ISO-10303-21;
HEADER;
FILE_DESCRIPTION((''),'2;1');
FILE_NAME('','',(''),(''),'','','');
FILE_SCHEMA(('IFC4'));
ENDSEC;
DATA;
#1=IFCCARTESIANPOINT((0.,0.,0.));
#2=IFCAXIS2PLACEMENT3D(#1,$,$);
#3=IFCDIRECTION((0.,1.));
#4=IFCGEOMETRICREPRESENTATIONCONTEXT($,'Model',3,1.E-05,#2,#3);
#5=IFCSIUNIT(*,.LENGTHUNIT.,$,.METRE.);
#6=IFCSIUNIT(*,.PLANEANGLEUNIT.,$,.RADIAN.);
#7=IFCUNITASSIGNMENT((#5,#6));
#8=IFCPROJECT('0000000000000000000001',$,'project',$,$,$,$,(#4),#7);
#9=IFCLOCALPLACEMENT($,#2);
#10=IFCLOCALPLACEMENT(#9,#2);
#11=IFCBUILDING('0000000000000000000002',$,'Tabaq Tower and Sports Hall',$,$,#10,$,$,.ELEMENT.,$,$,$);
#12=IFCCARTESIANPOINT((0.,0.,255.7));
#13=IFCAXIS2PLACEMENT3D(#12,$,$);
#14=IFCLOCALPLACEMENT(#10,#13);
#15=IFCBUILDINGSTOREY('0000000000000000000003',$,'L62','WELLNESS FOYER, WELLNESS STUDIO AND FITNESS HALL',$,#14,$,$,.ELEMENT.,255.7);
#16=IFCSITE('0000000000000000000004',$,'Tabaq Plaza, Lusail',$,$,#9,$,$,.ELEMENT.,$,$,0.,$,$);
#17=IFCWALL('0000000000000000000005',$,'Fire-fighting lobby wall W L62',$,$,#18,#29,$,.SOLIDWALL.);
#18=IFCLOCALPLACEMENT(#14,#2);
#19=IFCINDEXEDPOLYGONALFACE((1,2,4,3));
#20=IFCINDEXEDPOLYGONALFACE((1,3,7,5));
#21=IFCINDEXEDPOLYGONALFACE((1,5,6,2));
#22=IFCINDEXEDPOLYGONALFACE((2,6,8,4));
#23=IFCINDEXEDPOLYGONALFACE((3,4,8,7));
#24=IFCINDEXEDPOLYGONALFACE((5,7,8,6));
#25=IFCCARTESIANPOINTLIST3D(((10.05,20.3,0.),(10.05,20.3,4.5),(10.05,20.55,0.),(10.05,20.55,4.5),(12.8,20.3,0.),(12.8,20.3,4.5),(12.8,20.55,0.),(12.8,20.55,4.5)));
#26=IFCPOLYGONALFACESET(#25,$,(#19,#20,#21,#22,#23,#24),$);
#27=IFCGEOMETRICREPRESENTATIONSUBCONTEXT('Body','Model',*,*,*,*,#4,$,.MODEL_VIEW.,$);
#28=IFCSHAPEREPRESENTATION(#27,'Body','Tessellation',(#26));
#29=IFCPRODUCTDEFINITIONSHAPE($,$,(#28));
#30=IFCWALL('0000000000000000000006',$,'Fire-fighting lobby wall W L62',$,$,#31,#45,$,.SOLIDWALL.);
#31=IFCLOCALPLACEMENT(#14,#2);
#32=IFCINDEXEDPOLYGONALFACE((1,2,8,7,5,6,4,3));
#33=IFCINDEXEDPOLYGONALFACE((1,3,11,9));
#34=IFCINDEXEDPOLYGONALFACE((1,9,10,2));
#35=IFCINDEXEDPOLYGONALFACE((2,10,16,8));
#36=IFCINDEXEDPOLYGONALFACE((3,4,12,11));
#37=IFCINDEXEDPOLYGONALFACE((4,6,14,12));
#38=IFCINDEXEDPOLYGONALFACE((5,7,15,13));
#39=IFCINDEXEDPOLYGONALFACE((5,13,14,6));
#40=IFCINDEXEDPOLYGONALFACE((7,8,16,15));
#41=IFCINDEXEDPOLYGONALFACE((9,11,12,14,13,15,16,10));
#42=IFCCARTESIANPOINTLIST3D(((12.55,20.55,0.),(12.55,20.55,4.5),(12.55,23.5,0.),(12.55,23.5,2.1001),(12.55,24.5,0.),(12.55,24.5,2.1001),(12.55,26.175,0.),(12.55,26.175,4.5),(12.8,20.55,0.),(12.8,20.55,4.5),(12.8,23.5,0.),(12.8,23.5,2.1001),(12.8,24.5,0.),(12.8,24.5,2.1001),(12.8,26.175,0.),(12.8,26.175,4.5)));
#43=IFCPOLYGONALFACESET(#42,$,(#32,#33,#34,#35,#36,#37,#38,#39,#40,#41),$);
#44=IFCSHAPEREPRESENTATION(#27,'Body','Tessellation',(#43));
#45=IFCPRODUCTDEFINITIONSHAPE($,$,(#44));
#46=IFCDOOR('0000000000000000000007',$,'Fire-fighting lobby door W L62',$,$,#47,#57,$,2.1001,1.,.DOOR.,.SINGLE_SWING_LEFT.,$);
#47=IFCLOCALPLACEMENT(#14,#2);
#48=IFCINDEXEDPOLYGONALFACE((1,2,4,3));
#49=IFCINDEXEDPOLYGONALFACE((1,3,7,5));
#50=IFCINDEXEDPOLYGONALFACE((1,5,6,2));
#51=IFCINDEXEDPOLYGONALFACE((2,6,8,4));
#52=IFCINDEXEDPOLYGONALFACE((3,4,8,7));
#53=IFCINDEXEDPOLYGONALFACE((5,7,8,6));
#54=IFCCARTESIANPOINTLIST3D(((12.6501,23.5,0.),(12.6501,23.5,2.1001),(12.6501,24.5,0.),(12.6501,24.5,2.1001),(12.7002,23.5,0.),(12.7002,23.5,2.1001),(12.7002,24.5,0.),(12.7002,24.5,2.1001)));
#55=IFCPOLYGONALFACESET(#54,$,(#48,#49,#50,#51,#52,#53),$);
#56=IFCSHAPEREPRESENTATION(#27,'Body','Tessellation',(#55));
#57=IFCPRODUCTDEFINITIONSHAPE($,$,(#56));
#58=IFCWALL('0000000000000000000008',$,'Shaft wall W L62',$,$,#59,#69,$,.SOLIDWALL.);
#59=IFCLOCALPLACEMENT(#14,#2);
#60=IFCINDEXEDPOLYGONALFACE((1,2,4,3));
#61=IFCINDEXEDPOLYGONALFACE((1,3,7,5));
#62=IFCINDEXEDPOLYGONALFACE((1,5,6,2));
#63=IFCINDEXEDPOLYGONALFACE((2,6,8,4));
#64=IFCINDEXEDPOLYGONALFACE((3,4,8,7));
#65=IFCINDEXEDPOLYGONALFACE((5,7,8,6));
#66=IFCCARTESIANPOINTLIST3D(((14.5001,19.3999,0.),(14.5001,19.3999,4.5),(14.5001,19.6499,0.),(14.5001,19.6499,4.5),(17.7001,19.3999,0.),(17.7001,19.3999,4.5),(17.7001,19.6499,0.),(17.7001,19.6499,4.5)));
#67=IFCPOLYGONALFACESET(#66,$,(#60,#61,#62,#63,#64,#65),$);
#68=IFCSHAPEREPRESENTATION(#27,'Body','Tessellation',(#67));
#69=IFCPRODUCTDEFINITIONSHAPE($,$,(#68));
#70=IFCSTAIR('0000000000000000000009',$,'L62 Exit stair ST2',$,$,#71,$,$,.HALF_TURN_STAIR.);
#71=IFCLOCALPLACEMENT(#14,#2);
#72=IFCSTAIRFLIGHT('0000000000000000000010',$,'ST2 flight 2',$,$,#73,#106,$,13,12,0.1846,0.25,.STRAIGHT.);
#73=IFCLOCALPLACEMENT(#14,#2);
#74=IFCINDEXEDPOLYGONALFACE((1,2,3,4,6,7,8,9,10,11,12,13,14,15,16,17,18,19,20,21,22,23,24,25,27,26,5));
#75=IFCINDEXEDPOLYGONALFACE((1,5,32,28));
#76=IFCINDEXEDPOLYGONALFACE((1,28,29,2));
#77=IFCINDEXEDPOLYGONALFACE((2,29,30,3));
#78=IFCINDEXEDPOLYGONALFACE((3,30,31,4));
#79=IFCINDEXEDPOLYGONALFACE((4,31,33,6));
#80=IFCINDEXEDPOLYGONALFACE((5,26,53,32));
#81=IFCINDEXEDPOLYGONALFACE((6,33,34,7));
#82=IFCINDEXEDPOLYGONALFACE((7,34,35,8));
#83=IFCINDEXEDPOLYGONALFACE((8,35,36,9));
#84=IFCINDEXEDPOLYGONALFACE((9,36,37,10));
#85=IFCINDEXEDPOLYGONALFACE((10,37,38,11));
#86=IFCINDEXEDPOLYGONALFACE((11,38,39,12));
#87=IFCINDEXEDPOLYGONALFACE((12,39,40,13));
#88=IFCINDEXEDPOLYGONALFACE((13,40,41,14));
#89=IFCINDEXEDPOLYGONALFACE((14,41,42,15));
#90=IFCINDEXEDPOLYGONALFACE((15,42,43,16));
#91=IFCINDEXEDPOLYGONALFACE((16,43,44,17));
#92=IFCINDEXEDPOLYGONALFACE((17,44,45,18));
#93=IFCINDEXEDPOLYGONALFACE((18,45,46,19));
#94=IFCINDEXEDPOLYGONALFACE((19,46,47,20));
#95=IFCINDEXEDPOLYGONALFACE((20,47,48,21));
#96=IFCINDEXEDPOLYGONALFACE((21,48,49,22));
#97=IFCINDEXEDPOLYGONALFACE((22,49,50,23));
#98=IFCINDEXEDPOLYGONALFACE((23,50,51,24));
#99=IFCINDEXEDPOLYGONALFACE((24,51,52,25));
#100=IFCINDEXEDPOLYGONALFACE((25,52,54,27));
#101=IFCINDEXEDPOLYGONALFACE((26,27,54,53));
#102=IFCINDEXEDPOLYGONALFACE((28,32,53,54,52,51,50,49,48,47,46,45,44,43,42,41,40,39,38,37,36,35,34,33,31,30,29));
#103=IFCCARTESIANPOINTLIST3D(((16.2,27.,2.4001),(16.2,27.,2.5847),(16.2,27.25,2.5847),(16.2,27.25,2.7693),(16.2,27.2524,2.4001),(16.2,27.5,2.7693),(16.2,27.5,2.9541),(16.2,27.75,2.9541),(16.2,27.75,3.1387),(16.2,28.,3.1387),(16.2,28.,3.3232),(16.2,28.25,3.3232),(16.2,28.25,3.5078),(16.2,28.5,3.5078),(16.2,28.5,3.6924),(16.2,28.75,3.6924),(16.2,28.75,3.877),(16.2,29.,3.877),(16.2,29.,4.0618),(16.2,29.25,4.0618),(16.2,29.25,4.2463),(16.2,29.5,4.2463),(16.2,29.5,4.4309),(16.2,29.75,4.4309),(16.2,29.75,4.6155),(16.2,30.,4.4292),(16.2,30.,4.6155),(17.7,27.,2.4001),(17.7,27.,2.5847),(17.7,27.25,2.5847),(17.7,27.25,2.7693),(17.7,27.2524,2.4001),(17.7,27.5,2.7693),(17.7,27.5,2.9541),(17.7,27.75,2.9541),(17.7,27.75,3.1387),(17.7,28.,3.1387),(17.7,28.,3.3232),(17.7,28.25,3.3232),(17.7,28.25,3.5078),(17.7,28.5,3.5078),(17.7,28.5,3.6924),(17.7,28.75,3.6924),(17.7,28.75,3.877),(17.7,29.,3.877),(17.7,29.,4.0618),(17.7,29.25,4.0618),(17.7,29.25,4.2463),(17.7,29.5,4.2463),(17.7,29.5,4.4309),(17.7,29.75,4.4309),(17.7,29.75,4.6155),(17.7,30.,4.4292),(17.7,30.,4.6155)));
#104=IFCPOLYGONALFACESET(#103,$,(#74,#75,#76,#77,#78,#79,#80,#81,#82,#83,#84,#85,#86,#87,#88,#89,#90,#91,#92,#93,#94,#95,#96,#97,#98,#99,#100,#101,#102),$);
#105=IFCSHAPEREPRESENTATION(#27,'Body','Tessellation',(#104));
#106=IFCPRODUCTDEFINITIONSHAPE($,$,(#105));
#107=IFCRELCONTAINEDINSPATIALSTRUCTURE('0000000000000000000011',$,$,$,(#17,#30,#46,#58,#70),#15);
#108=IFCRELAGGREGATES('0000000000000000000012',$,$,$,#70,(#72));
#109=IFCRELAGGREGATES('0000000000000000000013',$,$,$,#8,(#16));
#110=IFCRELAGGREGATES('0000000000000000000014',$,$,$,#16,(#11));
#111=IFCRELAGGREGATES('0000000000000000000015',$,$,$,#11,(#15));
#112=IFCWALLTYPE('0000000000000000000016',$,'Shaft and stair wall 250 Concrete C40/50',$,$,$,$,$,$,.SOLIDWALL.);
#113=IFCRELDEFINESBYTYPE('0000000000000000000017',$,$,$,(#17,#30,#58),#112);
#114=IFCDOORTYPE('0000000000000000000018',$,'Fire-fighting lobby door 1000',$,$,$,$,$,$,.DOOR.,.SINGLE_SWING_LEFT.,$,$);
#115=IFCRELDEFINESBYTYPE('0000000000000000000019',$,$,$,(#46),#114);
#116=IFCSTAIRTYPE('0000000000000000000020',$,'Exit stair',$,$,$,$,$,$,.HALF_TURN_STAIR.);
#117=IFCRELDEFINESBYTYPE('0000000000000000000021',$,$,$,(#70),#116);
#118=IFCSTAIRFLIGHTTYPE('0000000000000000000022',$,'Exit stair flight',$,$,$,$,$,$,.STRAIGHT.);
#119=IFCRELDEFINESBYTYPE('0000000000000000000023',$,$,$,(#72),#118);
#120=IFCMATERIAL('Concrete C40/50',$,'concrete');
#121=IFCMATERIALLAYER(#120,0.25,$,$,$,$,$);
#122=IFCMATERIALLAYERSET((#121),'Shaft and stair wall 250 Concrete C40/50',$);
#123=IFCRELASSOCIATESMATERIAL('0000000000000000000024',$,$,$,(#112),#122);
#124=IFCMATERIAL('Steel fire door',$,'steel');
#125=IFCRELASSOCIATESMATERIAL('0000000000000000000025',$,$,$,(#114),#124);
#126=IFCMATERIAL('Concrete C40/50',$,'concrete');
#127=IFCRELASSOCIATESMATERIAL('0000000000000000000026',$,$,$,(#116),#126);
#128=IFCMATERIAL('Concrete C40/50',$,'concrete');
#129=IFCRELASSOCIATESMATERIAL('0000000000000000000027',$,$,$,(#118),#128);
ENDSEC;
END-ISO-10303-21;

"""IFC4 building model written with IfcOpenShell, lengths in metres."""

from ifc_helpers import new_model, si_unit, direction, frame, frame_2d, origin, place, context, subcontext, project, spatial, polyline, rectangle, outline, extrude, material, layer, layer_set, type_object, element, fill, aggregate, save


model = new_model("IFC4")

# Units and contexts
model_context = context("Model", 3, precision=1e-05, world=origin(), true_north=direction((0.0, 1.0)))
body_context = subcontext(model_context, "Body", "Model", "MODEL_VIEW")
ifc_project = project(units=[si_unit("LENGTHUNIT", "METRE"), si_unit("PLANEANGLEUNIT", "RADIAN")], contexts=[model_context])

# Site, building, storey
site_placement = place(None, origin())
site = spatial("IfcSite", under=ifc_project, at=site_placement, Name="Tabaq Plaza, Lusail", CompositionType="ELEMENT", RefElevation=0.0)
building_placement = place(site_placement, origin())
building = spatial("IfcBuilding", under=site, at=building_placement, Name="Tabaq Tower and Sports Hall", CompositionType="ELEMENT")
storey_placement = place(building_placement, frame((0.0, 0.0, 255.7)))
storey = spatial("IfcBuildingStorey", under=building, at=storey_placement, Name="L62", Description="WELLNESS FOYER, WELLNESS STUDIO AND FITNESS HALL", CompositionType="ELEMENT", Elevation=255.7)

# Shared definitions
ifc_material_1 = material(Name="Concrete C40/50", Category="concrete")
ifc_layer_1 = layer(ifc_material_1, 0.25)
ifc_layer_set_1 = layer_set([ifc_layer_1], Name="Shaft and stair wall 250 Concrete C40/50")
wall_type_1 = type_object("IfcWallType", Name="Shaft and stair wall 250 Concrete C40/50", PredefinedType="SOLIDWALL", material=ifc_layer_set_1)

# Wall
for number, where, z_axis, x_axis, name in (
    (1, (10.05, 20.425, 0.0), (0.0, 0.0, 1.0), (1.0, 0.0, 0.0), "Fire-fighting lobby wall W L62"),
):
    element("IfcWall", number, at=place(storey_placement, frame(where, z_axis=z_axis, x_axis=x_axis)), inside=storey, type_object=wall_type_1, Name=name, PredefinedType="SOLIDWALL", context=body_context, shape_type="SweptSolid", body=[
        extrude(rectangle(XDim=2.75, YDim=0.25, at=frame_2d((1.375, 0.0))), origin(), (0.0, 0.0, 1.0), 4.5),
    ])

# Wall, opening, door
wall_1_placement = place(storey_placement, frame((12.675, 20.55, 0.0), z_axis=(0.0, 0.0, 1.0), x_axis=(0.0, 1.0, 0.0)))
wall_1 = element("IfcWall", 2, at=wall_1_placement, inside=storey, type_object=wall_type_1, Name="Fire-fighting lobby wall W L62", PredefinedType="SOLIDWALL", context=body_context, shape_type="SweptSolid", body=[
    extrude(rectangle(XDim=5.625, YDim=0.25, at=frame_2d((2.8125, 0.0))), origin(), (0.0, 0.0, 1.0), 4.5),
])
opening_1_placement = place(wall_1_placement, frame((2.95, 0.0, 0.0)))
opening_1 = element("IfcOpeningElement", 3, at=opening_1_placement, cuts=wall_1, PredefinedType="OPENING", context=body_context, shape_type="SweptSolid", body=[
    extrude(rectangle(XDim=1.0, YDim=2.1001, at=frame_2d((0.5, 1.05))), frame((0.0, 0.125, 0.0), z_axis=(0.0, -1.0, 0.0), x_axis=(1.0, 0.0, 0.0)), (0.0, 0.0, 1.0), 0.25),
])
ifc_material_2 = material(Name="Steel fire door", Category="steel")
door_type_1 = type_object("IfcDoorType", Name="Fire-fighting lobby door 1000", OperationType="SINGLE_SWING_LEFT", PredefinedType="DOOR", material=ifc_material_2)
door_1_placement = place(opening_1_placement, origin())
door_1 = element("IfcDoor", 4, at=door_1_placement, inside=storey, type_object=door_type_1, Name="Fire-fighting lobby door W L62", OperationType="SINGLE_SWING_LEFT", OverallHeight=2.1001, OverallWidth=1.0, PredefinedType="DOOR", context=body_context, shape_type="SweptSolid", body=[
    extrude(rectangle(XDim=1.0, YDim=2.1001, at=frame_2d((0.5, 1.05))), frame((0.0, 0.0249, 0.0), z_axis=(0.0, -1.0, 0.0), x_axis=(1.0, 0.0, 0.0)), (0.0, 0.0, 1.0), 0.05),
])
fill(opening_1, door_1)

# Wall
wall_2_placement = place(storey_placement, frame((14.5, 19.5249, 0.0), z_axis=(0.0, 0.0, 1.0), x_axis=(1.0, 0.0, 0.0)))
element("IfcWall", 5, at=wall_2_placement, inside=storey, type_object=wall_type_1, Name="Shaft wall W L62", PredefinedType="SOLIDWALL", context=body_context, shape_type="SweptSolid", body=[
    extrude(rectangle(XDim=3.2, YDim=0.25, at=frame_2d((1.6001, 0.0))), origin(), (0.0, 0.0, 1.0), 4.5),
])

# Stair, stair flight
ifc_material_3 = material(Name="Concrete C40/50", Category="concrete")
stair_type = type_object("IfcStairType", Name="Exit stair", PredefinedType="HALF_TURN_STAIR", material=ifc_material_3)
stair_placement = place(storey_placement, origin())
stair = element("IfcStair", 6, at=stair_placement, inside=storey, type_object=stair_type, Name="L62 Exit stair ST2", PredefinedType="HALF_TURN_STAIR")
ifc_material_4 = material(Name="Concrete C40/50", Category="concrete")
stair_flight_type = type_object("IfcStairFlightType", Name="Exit stair flight", PredefinedType="STRAIGHT", material=ifc_material_4)
stair_flight_placement = place(storey_placement, frame((16.95, 27.0, 2.4001), z_axis=(0.0, 0.0, 1.0), x_axis=(0.0, 1.0, 0.0)))
stair_flight = element("IfcStairFlight", 7, at=stair_flight_placement, type_object=stair_flight_type, Name="ST2 flight 2", NumberOfRisers=13, NumberOfTreads=12, PredefinedType="STRAIGHT", RiserHeight=0.1846, TreadLength=0.25, context=body_context, shape_type="SweptSolid", body=[
    extrude(outline(polyline([(0.0, 0.0), (0.0, 0.1846), (0.25, 0.1846), (0.25, 0.3691), (0.5, 0.3691), (0.5, 0.554), (0.75, 0.554), (0.75, 0.7385), (1.0, 0.7385), (1.0, 0.9231), (1.25, 0.9231), (1.25, 1.1077), (1.5, 1.1077), (1.5, 1.2922), (1.75, 1.2922), (1.75, 1.4768), (2.0, 1.4768), (2.0, 1.6616), (2.25, 1.6616), (2.25, 1.8462), (2.5, 1.8462), (2.5, 2.0308), (2.75, 2.0308), (2.75, 2.2153), (3.0, 2.2153), (3.0, 2.3999), (3.0, 2.0291), (0.2524, 0.0), (0.0, 0.0)])), frame((0.0, 0.75, 0.0), z_axis=(0.0, -1.0, 0.0), x_axis=(1.0, 0.0, 0.0)), (0.0, 0.0, 1.0), 1.5),
])
aggregate(stair, [stair_flight])

save(model, "model.ifc")
